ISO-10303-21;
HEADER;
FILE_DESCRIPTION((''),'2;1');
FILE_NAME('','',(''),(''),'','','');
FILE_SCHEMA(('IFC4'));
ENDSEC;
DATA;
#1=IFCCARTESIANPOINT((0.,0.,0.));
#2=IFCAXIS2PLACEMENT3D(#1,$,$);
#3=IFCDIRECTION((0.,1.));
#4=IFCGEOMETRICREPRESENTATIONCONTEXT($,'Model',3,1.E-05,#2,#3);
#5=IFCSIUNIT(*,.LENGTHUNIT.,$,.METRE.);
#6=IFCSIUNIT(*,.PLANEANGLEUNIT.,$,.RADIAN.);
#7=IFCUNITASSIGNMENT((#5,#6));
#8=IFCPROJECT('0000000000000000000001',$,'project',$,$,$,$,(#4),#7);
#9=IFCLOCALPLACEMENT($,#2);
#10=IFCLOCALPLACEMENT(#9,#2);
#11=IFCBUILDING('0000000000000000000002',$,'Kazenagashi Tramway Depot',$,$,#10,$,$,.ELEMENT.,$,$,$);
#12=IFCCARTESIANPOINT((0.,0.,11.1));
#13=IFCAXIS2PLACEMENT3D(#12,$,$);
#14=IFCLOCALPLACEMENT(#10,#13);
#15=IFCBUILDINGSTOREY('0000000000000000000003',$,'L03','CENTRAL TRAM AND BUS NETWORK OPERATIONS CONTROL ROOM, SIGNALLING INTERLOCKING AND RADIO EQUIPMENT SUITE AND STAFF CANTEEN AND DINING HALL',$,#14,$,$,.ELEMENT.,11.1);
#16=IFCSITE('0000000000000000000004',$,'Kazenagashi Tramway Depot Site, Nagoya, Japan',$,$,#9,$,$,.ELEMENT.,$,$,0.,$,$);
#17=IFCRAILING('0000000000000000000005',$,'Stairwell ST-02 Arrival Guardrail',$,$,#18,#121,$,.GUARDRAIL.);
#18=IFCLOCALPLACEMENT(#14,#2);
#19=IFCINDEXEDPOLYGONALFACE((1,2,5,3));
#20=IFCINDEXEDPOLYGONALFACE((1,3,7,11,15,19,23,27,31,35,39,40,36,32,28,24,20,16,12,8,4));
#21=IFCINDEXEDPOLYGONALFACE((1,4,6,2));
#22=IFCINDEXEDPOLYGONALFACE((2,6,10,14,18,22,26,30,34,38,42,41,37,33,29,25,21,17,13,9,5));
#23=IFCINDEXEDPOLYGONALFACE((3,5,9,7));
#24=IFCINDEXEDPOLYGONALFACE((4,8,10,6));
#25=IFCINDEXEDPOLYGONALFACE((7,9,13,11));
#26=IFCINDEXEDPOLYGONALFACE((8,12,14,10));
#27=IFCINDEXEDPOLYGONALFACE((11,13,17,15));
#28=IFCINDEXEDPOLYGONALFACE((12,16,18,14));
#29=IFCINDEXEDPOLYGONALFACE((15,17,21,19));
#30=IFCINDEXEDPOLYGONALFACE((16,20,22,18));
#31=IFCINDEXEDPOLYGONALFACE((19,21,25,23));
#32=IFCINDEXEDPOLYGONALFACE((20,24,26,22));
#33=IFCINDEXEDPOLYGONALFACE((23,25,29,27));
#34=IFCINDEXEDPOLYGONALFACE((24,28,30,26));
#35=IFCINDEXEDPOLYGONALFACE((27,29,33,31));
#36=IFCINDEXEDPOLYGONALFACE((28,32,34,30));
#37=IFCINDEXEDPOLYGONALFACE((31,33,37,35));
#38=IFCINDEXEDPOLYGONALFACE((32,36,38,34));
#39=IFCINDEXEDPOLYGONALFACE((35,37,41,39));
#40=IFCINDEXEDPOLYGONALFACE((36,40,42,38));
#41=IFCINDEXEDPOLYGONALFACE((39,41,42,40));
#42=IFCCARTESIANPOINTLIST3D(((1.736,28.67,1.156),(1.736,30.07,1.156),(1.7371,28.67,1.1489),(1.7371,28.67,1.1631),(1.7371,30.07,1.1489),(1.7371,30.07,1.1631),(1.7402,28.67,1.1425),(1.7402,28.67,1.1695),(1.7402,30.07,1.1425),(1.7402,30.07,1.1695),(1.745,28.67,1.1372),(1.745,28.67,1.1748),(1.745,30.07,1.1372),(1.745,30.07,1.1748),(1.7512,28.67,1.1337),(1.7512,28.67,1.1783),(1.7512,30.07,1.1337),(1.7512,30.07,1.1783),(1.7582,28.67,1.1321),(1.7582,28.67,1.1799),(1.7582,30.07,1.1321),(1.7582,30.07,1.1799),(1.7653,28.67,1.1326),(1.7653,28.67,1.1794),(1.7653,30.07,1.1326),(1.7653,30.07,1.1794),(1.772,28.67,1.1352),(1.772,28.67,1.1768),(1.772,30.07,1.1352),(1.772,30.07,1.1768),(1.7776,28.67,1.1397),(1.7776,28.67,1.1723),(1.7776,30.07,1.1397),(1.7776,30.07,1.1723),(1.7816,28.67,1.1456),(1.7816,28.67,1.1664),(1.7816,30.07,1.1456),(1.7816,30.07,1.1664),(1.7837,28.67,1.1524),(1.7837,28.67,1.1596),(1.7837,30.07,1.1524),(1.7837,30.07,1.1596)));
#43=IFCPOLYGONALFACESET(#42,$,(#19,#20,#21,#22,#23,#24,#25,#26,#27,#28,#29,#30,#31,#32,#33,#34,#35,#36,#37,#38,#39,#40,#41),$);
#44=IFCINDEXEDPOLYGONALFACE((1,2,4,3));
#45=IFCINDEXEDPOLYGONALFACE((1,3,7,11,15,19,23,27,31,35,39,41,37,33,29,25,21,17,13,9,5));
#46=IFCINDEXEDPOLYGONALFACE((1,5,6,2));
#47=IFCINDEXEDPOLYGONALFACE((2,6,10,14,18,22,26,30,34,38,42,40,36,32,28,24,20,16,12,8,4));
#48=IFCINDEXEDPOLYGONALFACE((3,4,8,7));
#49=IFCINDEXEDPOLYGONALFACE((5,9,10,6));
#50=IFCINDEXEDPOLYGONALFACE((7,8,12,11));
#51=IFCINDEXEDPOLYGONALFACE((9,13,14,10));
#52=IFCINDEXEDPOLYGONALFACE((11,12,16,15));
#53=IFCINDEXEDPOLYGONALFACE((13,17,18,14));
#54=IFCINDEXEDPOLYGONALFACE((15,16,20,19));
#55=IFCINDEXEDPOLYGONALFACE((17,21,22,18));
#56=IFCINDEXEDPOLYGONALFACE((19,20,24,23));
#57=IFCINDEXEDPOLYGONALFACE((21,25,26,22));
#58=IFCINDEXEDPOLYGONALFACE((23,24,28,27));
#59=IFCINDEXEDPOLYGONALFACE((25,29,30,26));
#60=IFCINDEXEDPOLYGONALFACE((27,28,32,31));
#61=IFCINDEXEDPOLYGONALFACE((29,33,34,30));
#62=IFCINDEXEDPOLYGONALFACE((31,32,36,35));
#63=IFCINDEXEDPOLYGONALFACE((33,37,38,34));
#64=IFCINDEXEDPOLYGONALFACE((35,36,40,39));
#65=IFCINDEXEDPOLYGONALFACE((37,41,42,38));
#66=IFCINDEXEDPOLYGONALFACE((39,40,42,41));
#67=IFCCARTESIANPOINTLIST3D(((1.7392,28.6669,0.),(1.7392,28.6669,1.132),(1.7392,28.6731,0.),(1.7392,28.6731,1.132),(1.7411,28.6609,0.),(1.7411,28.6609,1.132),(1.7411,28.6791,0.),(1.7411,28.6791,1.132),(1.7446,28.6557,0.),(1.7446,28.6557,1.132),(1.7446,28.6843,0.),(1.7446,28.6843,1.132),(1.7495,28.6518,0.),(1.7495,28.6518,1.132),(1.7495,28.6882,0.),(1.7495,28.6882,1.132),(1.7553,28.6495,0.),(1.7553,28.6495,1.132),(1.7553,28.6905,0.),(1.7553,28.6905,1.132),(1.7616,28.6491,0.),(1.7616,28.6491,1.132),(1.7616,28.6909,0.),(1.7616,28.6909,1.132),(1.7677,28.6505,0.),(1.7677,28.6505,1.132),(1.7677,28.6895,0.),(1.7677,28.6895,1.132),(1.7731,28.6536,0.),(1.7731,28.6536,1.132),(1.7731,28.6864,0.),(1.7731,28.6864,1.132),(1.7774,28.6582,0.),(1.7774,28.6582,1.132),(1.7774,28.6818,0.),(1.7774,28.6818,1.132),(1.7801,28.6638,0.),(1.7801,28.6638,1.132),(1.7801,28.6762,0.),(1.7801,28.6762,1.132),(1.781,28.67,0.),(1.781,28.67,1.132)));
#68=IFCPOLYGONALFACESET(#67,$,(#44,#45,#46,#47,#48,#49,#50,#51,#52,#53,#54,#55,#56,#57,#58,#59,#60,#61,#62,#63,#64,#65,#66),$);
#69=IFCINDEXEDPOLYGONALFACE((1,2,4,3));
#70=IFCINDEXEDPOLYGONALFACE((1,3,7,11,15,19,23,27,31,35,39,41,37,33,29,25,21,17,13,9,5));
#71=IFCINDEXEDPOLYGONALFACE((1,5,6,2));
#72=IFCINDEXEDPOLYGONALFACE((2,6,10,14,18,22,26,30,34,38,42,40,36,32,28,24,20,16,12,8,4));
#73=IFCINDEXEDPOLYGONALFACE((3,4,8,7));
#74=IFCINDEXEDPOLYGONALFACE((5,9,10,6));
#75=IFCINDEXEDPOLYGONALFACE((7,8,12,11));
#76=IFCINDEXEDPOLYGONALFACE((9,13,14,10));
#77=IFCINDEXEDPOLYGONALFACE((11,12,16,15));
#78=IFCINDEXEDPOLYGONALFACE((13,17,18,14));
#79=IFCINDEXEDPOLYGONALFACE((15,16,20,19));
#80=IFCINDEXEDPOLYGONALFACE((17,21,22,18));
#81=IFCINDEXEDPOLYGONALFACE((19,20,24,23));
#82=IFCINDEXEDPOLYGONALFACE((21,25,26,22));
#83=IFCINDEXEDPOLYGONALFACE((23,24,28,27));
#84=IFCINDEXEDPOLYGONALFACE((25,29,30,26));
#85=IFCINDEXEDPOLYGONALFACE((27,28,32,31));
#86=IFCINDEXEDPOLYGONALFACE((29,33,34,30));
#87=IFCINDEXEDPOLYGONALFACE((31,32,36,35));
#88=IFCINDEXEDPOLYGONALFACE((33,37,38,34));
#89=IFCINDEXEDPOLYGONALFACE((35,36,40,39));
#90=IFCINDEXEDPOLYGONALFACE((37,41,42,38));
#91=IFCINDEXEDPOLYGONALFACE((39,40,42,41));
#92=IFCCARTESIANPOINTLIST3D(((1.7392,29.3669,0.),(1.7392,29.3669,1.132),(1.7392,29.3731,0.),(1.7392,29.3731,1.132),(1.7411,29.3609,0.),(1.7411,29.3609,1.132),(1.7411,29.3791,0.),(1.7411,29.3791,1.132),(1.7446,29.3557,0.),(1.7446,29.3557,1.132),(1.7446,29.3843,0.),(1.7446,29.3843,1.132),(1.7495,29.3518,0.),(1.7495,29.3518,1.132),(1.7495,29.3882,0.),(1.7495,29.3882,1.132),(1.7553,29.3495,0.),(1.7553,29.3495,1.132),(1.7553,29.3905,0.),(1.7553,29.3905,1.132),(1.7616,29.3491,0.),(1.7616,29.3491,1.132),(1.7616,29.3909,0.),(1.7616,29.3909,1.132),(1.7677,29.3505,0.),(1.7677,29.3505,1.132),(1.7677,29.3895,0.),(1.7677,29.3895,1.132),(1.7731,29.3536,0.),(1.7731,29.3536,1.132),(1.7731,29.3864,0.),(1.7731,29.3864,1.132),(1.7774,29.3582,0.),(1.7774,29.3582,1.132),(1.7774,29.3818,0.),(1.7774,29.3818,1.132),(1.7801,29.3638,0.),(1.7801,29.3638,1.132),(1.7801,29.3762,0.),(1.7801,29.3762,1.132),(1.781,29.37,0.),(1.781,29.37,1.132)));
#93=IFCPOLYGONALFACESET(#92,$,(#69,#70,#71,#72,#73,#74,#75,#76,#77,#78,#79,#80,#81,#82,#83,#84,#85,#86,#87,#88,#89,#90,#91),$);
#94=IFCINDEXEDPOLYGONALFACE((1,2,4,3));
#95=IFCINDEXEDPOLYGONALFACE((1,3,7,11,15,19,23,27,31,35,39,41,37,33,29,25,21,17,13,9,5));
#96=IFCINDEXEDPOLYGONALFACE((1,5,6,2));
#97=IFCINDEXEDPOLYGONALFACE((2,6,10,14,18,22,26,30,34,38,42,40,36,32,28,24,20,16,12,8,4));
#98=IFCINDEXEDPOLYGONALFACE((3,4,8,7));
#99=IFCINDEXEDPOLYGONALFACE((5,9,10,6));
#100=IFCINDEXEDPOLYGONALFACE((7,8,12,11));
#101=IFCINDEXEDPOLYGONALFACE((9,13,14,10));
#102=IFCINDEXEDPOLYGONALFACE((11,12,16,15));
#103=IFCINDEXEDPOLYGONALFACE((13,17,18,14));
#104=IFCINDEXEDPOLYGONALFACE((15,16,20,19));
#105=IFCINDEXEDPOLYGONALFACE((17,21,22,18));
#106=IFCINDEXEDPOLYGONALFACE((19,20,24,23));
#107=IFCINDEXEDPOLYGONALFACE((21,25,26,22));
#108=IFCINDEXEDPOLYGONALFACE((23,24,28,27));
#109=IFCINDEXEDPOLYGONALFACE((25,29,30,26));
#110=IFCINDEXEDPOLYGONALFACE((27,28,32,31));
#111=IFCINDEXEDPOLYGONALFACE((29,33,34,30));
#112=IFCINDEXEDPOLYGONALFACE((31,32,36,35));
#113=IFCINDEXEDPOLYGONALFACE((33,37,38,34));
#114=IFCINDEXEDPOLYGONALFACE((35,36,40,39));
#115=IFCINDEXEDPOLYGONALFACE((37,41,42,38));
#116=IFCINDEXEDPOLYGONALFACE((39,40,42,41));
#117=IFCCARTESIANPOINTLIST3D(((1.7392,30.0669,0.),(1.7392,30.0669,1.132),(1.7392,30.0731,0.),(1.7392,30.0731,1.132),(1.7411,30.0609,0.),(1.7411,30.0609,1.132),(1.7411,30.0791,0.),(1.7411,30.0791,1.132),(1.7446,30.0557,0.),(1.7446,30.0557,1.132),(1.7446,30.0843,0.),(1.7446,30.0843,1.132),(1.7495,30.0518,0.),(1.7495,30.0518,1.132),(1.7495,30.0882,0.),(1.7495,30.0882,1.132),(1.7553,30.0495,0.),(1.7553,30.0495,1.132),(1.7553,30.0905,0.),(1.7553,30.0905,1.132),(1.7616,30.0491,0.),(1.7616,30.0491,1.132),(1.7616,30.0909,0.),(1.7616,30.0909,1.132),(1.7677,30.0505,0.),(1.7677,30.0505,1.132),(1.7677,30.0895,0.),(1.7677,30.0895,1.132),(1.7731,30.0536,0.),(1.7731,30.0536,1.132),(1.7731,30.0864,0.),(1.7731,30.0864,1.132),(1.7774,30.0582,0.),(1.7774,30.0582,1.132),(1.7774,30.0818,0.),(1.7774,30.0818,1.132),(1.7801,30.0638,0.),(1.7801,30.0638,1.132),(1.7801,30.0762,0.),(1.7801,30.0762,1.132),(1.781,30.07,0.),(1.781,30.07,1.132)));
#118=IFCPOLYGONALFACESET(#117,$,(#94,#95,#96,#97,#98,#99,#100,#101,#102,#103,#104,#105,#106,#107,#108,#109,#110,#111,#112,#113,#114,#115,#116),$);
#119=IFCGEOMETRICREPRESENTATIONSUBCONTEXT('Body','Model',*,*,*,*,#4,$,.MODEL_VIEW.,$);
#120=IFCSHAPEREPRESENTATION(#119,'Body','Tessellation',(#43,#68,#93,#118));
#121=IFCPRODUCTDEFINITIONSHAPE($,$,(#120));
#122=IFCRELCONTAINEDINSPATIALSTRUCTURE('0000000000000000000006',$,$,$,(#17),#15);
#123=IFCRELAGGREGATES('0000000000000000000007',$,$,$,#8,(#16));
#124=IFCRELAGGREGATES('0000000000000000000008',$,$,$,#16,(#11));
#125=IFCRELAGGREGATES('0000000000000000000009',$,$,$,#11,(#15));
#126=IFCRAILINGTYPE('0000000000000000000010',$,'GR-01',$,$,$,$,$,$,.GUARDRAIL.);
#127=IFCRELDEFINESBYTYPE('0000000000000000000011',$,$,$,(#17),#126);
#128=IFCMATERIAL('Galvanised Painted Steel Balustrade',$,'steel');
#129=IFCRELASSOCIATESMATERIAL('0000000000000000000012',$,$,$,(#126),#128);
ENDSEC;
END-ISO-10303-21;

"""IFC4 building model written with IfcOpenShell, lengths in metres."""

from ifc_helpers import new_model, si_unit, direction, frame, origin, origin_2d, place, context, subcontext, project, spatial, circle, extrude, material, type_object, element, save


model = new_model("IFC4")

# Units and contexts
model_context = context("Model", 3, precision=1e-05, world=origin(), true_north=direction((0.0, 1.0)))
body_context = subcontext(model_context, "Body", "Model", "MODEL_VIEW")
ifc_project = project(units=[si_unit("LENGTHUNIT", "METRE"), si_unit("PLANEANGLEUNIT", "RADIAN")], contexts=[model_context])

# Site, building, storey
site_placement = place(None, origin())
site = spatial("IfcSite", under=ifc_project, at=site_placement, Name="Kazenagashi Tramway Depot Site, Nagoya, Japan", CompositionType="ELEMENT", RefElevation=0.0)
building_placement = place(site_placement, origin())
building = spatial("IfcBuilding", under=site, at=building_placement, Name="Kazenagashi Tramway Depot", CompositionType="ELEMENT")
storey_placement = place(building_placement, frame((0.0, 0.0, 11.1)))
storey = spatial("IfcBuildingStorey", under=building, at=storey_placement, Name="L03", Description="CENTRAL TRAM AND BUS NETWORK OPERATIONS CONTROL ROOM, SIGNALLING INTERLOCKING AND RADIO EQUIPMENT SUITE AND STAFF CANTEEN AND DINING HALL", CompositionType="ELEMENT", Elevation=11.1)

# Railing
ifc_material_1 = material(Name="Galvanised Painted Steel Balustrade", Category="steel")
railing_type_1 = type_object("IfcRailingType", Name="GR-01", PredefinedType="GUARDRAIL", material=ifc_material_1)
railing_1_placement = place(storey_placement, frame((1.76, 28.67, 0.0)))
element("IfcRailing", 1, at=railing_1_placement, inside=storey, type_object=railing_type_1, Name="Stairwell ST-02 Arrival Guardrail", PredefinedType="GUARDRAIL", context=body_context, shape_type="SweptSolid", body=[
    extrude(circle(Radius=0.024, at=origin_2d()), frame((0.0, 0.0, 1.156), z_axis=(0.0, 1.0, 0.0), x_axis=(-1.0, 0.0, 0.0)), (0.0, 0.0, 1.0), 1.4),
    extrude(circle(Radius=0.021, at=origin_2d()), origin(), (0.0, 0.0, 1.0), 1.132),
    extrude(circle(Radius=0.021, at=origin_2d()), frame((0.0, 0.7, 0.0)), (0.0, 0.0, 1.0), 1.132),
    extrude(circle(Radius=0.021, at=origin_2d()), frame((0.0, 1.4, 0.0)), (0.0, 0.0, 1.0), 1.132),
])

save(model, "model.ifc")
